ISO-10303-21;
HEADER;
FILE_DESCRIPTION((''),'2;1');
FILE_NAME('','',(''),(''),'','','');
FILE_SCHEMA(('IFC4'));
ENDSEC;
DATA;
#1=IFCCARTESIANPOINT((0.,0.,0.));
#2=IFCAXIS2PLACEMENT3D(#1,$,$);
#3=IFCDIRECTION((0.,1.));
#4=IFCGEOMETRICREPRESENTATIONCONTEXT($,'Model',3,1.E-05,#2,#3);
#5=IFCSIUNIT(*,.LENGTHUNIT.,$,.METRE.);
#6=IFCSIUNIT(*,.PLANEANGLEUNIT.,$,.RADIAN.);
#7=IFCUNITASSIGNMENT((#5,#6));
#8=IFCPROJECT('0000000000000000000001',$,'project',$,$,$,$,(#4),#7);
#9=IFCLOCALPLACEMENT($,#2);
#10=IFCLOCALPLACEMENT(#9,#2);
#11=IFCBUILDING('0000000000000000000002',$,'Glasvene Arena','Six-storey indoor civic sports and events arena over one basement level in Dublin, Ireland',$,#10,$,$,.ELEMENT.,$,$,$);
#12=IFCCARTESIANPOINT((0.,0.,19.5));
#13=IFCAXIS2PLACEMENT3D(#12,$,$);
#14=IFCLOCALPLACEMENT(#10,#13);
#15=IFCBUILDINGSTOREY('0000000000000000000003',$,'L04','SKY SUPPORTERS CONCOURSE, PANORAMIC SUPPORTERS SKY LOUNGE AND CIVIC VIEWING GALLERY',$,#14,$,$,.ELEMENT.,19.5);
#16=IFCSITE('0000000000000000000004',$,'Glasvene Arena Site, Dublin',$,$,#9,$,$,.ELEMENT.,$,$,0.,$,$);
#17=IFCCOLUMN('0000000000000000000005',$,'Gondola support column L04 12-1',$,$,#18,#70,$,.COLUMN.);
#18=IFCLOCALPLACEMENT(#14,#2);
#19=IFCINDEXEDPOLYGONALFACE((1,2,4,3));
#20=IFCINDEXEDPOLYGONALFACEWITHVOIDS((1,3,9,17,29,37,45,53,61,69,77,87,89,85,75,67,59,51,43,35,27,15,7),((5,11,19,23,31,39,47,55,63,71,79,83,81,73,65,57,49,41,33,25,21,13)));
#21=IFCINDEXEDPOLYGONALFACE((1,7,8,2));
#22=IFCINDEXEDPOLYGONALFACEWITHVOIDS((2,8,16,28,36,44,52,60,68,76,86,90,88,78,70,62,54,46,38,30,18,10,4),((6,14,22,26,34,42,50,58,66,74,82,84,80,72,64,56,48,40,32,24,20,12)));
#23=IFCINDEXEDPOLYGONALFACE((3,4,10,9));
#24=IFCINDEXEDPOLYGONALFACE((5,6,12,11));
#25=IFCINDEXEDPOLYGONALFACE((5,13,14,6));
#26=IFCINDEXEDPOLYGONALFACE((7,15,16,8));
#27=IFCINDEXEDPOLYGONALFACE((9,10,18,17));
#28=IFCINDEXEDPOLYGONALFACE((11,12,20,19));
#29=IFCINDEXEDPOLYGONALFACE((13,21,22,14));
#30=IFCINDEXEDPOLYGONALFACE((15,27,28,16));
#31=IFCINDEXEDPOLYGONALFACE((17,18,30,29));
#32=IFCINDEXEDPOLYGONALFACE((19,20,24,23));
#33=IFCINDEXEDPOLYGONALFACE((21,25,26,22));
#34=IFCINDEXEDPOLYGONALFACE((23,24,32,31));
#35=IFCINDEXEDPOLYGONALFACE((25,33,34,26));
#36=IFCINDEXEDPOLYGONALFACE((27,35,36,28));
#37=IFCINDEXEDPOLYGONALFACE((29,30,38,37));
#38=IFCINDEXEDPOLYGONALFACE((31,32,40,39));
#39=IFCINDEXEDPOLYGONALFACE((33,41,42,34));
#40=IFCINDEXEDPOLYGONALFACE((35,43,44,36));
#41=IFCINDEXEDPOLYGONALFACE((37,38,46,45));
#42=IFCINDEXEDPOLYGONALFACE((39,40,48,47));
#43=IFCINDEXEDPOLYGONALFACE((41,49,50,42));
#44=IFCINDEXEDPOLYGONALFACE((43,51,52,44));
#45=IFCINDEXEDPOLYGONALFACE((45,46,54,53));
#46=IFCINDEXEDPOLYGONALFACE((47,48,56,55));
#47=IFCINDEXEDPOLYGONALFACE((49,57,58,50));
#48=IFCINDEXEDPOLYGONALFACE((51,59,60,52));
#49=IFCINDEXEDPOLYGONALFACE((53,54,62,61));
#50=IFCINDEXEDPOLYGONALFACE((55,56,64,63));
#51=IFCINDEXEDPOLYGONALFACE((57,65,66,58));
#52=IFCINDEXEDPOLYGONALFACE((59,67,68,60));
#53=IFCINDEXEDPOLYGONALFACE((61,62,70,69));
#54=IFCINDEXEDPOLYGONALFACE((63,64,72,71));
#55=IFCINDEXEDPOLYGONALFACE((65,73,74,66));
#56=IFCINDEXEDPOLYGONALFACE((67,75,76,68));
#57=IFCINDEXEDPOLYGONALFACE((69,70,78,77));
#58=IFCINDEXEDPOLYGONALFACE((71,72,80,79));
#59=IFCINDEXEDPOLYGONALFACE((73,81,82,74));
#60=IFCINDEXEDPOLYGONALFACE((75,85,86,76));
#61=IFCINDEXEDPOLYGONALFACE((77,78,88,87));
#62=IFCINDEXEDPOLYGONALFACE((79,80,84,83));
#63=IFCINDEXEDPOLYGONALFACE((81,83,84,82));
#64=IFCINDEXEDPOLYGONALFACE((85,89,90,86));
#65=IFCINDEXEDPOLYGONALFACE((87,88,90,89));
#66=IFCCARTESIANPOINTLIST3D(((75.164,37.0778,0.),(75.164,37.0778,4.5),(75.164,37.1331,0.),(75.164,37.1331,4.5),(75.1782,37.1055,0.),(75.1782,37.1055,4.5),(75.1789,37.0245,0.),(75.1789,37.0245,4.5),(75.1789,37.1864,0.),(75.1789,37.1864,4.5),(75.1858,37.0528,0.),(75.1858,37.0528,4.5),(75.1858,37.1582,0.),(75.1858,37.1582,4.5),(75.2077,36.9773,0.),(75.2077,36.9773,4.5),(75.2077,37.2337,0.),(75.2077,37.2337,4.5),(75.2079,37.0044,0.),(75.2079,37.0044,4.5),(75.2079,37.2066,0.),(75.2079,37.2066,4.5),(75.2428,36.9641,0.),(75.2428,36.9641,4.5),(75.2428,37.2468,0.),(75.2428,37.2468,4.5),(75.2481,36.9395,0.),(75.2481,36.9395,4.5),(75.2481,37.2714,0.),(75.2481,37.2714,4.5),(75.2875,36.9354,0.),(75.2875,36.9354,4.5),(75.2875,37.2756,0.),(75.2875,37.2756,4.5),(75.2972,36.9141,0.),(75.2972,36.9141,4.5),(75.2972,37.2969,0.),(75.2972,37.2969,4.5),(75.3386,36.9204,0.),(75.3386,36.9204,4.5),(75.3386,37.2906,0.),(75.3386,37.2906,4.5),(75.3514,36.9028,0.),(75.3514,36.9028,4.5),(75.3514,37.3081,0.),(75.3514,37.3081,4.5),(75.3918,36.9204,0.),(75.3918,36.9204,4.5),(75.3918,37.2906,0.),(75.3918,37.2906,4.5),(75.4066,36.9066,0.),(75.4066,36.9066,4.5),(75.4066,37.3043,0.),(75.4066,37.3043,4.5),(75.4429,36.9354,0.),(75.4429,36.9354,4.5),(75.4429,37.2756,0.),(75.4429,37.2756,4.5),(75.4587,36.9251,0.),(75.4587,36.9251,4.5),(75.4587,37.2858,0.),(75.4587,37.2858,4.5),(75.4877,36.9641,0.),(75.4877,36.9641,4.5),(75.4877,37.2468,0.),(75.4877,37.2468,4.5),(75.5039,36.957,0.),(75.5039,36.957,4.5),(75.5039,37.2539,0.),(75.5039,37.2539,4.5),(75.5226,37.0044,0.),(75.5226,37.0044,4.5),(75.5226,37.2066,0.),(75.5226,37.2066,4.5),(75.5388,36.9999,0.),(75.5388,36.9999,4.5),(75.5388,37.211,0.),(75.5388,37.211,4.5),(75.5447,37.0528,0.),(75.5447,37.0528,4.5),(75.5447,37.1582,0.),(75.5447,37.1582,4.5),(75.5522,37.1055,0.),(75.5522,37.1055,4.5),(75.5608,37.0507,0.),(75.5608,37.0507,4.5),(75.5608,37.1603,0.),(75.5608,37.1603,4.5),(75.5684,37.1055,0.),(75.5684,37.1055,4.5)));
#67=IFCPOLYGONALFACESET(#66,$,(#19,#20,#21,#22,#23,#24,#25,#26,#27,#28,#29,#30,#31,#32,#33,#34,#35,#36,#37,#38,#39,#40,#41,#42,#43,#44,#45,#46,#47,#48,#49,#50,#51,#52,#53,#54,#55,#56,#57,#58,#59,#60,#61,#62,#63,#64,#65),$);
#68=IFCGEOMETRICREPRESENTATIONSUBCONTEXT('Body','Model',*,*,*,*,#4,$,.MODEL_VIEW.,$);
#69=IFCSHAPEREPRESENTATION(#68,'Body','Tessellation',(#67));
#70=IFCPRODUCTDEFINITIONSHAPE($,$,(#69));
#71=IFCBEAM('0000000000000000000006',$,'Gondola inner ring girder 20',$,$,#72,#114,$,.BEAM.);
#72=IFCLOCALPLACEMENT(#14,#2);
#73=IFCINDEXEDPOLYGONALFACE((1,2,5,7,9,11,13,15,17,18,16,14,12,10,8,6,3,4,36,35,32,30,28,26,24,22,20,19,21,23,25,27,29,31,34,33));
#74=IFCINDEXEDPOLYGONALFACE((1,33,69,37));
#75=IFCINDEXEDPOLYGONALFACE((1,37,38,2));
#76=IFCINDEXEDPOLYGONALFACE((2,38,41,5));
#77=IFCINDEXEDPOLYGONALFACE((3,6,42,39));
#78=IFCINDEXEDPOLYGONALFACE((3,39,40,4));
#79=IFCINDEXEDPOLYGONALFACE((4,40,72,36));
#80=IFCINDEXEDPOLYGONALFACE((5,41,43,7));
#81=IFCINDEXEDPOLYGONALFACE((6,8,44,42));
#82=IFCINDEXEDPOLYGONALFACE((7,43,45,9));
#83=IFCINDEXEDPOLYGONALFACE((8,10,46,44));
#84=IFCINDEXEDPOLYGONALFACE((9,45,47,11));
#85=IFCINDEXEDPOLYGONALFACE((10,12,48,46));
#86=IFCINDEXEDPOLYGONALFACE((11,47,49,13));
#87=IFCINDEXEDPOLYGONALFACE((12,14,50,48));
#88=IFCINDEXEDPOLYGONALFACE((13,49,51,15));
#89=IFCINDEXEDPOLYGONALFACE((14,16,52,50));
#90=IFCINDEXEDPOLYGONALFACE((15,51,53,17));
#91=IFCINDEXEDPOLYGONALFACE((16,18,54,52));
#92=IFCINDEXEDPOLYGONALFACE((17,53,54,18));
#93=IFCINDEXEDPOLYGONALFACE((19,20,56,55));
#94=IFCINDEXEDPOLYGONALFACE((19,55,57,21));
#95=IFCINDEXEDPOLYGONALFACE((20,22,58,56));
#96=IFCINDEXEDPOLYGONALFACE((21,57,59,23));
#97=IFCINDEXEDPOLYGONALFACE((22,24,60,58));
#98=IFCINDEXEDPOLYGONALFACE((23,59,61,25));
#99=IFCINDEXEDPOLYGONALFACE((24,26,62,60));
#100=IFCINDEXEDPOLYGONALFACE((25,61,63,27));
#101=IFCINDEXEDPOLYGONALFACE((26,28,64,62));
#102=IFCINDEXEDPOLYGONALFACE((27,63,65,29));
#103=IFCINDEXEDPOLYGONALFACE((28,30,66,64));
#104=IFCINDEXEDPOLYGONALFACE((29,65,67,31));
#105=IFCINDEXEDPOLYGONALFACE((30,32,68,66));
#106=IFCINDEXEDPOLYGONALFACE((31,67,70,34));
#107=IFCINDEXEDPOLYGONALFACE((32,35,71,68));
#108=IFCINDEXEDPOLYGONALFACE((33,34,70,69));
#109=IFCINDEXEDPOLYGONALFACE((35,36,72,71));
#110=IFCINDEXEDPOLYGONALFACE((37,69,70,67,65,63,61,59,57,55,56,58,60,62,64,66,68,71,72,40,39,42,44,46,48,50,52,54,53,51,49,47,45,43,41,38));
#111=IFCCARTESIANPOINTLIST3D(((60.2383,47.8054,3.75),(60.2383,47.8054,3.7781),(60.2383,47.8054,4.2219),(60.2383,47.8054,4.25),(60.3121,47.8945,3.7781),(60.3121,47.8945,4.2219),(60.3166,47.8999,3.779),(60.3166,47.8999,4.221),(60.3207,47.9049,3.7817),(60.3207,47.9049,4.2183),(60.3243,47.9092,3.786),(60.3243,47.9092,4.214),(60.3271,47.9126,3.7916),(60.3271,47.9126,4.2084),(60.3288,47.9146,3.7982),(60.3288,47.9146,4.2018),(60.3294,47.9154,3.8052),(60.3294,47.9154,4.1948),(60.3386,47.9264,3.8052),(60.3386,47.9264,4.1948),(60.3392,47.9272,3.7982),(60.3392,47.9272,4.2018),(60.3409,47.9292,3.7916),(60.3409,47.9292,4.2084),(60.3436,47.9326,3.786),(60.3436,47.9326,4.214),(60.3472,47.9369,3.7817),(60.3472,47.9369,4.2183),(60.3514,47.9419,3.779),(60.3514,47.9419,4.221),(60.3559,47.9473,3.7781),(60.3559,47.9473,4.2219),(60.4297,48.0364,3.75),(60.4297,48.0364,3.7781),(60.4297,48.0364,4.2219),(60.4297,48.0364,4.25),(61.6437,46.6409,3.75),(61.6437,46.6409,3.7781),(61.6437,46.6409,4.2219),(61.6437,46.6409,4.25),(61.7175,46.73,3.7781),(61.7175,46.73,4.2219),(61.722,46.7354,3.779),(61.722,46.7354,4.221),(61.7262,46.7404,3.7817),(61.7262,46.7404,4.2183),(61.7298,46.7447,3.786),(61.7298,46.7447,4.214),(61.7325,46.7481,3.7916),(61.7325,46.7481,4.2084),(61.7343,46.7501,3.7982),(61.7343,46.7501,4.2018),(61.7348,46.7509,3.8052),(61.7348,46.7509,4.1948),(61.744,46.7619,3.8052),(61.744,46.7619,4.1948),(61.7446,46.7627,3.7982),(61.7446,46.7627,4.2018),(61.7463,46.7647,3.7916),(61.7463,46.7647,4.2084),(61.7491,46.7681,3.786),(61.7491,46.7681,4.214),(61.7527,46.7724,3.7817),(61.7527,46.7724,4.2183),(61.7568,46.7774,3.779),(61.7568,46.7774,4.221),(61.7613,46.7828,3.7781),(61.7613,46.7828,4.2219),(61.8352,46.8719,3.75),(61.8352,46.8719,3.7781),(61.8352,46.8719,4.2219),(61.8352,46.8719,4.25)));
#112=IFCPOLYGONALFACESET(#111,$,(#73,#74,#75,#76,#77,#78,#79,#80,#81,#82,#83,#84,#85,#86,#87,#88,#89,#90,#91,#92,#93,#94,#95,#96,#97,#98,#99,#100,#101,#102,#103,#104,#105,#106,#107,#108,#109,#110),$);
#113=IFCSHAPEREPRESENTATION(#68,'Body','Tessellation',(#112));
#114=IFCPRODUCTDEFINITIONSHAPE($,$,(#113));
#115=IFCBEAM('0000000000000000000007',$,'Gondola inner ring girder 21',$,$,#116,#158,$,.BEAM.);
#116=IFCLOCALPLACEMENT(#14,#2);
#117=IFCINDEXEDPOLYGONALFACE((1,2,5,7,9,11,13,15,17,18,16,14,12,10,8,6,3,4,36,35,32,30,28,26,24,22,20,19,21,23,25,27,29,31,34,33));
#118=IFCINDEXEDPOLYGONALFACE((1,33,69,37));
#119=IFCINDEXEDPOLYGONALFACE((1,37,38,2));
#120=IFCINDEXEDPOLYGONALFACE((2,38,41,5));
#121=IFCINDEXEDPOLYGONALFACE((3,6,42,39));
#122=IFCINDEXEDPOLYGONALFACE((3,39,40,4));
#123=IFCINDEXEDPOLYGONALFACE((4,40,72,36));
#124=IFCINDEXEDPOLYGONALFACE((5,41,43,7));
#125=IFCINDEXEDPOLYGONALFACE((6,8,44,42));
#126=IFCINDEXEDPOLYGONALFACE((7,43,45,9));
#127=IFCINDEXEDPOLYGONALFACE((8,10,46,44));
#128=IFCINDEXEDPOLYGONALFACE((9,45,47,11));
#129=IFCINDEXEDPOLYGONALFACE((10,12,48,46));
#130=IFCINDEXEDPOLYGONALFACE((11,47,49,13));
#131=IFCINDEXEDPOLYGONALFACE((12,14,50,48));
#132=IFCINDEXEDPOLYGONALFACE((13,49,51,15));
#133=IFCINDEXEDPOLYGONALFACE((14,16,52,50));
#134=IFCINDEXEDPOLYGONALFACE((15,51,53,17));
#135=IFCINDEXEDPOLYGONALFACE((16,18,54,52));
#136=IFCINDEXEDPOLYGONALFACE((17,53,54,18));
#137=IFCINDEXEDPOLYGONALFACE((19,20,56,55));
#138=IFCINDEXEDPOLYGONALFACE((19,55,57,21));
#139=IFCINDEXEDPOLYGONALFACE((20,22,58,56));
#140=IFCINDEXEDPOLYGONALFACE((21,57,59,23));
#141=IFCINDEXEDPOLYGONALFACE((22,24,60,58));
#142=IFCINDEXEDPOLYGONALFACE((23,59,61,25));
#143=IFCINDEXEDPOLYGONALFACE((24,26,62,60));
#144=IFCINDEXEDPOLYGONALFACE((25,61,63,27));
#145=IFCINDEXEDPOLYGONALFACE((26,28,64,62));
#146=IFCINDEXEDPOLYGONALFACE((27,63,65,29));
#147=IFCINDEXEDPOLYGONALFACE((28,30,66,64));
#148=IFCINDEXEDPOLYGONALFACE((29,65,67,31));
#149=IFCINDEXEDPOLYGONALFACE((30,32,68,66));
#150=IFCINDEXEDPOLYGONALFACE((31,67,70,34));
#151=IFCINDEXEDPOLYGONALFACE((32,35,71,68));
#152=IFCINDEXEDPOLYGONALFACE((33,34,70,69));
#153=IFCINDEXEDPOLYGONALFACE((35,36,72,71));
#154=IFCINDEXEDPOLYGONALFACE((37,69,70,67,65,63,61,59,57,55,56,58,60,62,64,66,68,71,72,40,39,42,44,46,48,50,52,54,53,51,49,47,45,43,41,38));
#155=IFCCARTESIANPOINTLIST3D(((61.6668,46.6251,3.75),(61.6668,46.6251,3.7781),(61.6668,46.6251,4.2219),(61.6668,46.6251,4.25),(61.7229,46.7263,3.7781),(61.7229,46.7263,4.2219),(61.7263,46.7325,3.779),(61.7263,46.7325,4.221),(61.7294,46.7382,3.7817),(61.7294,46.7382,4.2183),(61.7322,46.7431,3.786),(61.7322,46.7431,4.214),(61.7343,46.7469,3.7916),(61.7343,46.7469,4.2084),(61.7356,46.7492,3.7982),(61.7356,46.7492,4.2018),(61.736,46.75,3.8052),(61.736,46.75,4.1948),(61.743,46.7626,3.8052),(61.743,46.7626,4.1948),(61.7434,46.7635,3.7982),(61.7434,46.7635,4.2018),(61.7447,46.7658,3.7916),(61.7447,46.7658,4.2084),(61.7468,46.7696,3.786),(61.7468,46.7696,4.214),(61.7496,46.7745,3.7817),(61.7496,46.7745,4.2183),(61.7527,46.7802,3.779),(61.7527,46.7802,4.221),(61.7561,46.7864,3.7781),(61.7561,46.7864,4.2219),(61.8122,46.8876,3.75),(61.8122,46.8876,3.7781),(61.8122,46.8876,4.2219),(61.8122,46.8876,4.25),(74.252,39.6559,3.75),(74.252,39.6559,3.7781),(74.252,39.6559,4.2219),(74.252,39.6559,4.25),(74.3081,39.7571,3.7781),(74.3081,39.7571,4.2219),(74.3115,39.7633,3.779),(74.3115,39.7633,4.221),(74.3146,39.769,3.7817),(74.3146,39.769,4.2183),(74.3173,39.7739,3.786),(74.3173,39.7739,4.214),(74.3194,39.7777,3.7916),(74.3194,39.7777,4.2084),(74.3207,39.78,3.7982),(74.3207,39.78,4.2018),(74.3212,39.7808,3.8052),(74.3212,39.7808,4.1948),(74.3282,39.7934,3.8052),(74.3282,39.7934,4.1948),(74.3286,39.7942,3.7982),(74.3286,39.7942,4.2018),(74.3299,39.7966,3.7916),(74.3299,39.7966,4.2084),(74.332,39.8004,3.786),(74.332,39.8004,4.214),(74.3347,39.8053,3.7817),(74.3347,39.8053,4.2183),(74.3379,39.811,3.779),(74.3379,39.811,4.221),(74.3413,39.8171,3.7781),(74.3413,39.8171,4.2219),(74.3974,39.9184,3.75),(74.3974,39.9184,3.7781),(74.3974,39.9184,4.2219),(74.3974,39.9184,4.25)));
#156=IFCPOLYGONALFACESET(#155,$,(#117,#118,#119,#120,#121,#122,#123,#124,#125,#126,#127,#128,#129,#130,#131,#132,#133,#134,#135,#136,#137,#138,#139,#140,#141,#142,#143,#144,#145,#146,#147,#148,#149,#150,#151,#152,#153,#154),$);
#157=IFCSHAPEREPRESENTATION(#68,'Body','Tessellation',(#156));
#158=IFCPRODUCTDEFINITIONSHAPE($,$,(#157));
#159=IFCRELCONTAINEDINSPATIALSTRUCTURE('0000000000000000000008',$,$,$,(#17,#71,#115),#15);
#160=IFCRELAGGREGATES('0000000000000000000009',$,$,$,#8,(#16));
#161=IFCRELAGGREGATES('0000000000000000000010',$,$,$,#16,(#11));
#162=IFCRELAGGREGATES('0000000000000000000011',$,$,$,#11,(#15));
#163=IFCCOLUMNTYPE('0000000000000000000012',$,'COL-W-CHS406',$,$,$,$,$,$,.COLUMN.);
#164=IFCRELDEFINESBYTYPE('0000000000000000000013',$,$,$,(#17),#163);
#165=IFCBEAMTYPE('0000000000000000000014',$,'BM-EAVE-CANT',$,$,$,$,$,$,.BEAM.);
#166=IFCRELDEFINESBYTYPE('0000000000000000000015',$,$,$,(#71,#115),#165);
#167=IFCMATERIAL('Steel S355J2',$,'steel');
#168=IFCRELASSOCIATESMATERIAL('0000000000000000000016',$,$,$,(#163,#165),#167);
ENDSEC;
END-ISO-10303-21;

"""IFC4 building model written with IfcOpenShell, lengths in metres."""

from ifc_helpers import new_model, si_unit, direction, frame, origin, origin_2d, place, context, subcontext, project, spatial, hollow_circle, i_section, extrude, material, material_profile, profile_set, type_object, element, save


model = new_model("IFC4")

# Units and contexts
model_context = context("Model", 3, precision=1e-05, world=origin(), true_north=direction((0.0, 1.0)))
body_context = subcontext(model_context, "Body", "Model", "MODEL_VIEW")
ifc_project = project(units=[si_unit("LENGTHUNIT", "METRE"), si_unit("PLANEANGLEUNIT", "RADIAN")], contexts=[model_context])

# Site, building, storey
site_placement = place(None, origin())
site = spatial("IfcSite", under=ifc_project, at=site_placement, Name="Glasvene Arena Site, Dublin", CompositionType="ELEMENT", RefElevation=0.0)
building_placement = place(site_placement, origin())
building = spatial("IfcBuilding", under=site, at=building_placement, Name="Glasvene Arena", Description="Six-storey indoor civic sports and events arena over one basement level in Dublin, Ireland", CompositionType="ELEMENT")
storey_placement = place(building_placement, frame((0.0, 0.0, 19.5)))
storey = spatial("IfcBuildingStorey", under=building, at=storey_placement, Name="L04", Description="SKY SUPPORTERS CONCOURSE, PANORAMIC SUPPORTERS SKY LOUNGE AND CIVIC VIEWING GALLERY", CompositionType="ELEMENT", Elevation=19.5)

# Column
ifc_material_1 = material(Name="Steel S355J2", Category="steel")
ifc_material_profile_1 = material_profile(ifc_material_1, hollow_circle(Radius=0.2031, WallThickness=0.0161, at=origin_2d()), Name="CHS 406.4x16.0")
ifc_profile_set_1 = profile_set([ifc_material_profile_1], Name="Steel S355J2")
column_type = type_object("IfcColumnType", Name="COL-W-CHS406", PredefinedType="COLUMN", material=ifc_profile_set_1)
for number, where, z_axis, x_axis, name in (
    (1, (75.3652, 37.1055, 0.0), (0.0, 0.0, 1.0), (1.0, 0.0, 0.0), "Gondola support column L04 12-1"),
):
    element("IfcColumn", number, at=place(storey_placement, frame(where, z_axis=z_axis, x_axis=x_axis)), inside=storey, type_object=column_type, Name=name, PredefinedType="COLUMN", context=body_context, shape_type="SweptSolid", body=[
        extrude(hollow_circle(Radius=0.2031, WallThickness=0.0161, at=origin_2d()), origin(), (0.0, 0.0, 1.0), 4.5),
    ])

# Beams
ifc_material_profile_2 = material_profile(ifc_material_1, i_section(OverallWidth=0.3, OverallDepth=0.5, WebThickness=0.0144, FlangeThickness=0.0281, FilletRadius=0.0271, at=origin_2d()), Name="HEB 500")
ifc_profile_set_2 = profile_set([ifc_material_profile_2], Name="Steel S355J2")
beam_type_1 = type_object("IfcBeamType", Name="BM-EAVE-CANT", PredefinedType="BEAM", material=ifc_profile_set_2)
beam_1_placement = place(storey_placement, frame((60.334, 47.9209, 4.0), z_axis=(0.770027, -0.638011, 0.0), x_axis=(0.638011, 0.770027, 0.0)))
element("IfcBeam", 2, at=beam_1_placement, inside=storey, type_object=beam_type_1, Name="Gondola inner ring girder 20", PredefinedType="BEAM", context=body_context, shape_type="SweptSolid", body=[
    extrude(i_section(OverallWidth=0.3, OverallDepth=0.5, WebThickness=0.0144, FlangeThickness=0.0281, FilletRadius=0.0271, at=origin_2d()), origin(), (0.0, 0.0, 1.0), 1.8252),
])
beam_2_placement = place(storey_placement, frame((61.7395, 46.7563, 4.0), z_axis=(0.874822, -0.484445, 0.0), x_axis=(0.484445, 0.874822, 0.0)))
element("IfcBeam", 3, at=beam_2_placement, inside=storey, type_object=beam_type_1, Name="Gondola inner ring girder 21", PredefinedType="BEAM", context=body_context, shape_type="SweptSolid", body=[
    extrude(i_section(OverallWidth=0.3, OverallDepth=0.5, WebThickness=0.0144, FlangeThickness=0.0281, FilletRadius=0.0271, at=origin_2d()), origin(), (0.0, 0.0, 1.0), 14.386),
])

save(model, "model.ifc")
